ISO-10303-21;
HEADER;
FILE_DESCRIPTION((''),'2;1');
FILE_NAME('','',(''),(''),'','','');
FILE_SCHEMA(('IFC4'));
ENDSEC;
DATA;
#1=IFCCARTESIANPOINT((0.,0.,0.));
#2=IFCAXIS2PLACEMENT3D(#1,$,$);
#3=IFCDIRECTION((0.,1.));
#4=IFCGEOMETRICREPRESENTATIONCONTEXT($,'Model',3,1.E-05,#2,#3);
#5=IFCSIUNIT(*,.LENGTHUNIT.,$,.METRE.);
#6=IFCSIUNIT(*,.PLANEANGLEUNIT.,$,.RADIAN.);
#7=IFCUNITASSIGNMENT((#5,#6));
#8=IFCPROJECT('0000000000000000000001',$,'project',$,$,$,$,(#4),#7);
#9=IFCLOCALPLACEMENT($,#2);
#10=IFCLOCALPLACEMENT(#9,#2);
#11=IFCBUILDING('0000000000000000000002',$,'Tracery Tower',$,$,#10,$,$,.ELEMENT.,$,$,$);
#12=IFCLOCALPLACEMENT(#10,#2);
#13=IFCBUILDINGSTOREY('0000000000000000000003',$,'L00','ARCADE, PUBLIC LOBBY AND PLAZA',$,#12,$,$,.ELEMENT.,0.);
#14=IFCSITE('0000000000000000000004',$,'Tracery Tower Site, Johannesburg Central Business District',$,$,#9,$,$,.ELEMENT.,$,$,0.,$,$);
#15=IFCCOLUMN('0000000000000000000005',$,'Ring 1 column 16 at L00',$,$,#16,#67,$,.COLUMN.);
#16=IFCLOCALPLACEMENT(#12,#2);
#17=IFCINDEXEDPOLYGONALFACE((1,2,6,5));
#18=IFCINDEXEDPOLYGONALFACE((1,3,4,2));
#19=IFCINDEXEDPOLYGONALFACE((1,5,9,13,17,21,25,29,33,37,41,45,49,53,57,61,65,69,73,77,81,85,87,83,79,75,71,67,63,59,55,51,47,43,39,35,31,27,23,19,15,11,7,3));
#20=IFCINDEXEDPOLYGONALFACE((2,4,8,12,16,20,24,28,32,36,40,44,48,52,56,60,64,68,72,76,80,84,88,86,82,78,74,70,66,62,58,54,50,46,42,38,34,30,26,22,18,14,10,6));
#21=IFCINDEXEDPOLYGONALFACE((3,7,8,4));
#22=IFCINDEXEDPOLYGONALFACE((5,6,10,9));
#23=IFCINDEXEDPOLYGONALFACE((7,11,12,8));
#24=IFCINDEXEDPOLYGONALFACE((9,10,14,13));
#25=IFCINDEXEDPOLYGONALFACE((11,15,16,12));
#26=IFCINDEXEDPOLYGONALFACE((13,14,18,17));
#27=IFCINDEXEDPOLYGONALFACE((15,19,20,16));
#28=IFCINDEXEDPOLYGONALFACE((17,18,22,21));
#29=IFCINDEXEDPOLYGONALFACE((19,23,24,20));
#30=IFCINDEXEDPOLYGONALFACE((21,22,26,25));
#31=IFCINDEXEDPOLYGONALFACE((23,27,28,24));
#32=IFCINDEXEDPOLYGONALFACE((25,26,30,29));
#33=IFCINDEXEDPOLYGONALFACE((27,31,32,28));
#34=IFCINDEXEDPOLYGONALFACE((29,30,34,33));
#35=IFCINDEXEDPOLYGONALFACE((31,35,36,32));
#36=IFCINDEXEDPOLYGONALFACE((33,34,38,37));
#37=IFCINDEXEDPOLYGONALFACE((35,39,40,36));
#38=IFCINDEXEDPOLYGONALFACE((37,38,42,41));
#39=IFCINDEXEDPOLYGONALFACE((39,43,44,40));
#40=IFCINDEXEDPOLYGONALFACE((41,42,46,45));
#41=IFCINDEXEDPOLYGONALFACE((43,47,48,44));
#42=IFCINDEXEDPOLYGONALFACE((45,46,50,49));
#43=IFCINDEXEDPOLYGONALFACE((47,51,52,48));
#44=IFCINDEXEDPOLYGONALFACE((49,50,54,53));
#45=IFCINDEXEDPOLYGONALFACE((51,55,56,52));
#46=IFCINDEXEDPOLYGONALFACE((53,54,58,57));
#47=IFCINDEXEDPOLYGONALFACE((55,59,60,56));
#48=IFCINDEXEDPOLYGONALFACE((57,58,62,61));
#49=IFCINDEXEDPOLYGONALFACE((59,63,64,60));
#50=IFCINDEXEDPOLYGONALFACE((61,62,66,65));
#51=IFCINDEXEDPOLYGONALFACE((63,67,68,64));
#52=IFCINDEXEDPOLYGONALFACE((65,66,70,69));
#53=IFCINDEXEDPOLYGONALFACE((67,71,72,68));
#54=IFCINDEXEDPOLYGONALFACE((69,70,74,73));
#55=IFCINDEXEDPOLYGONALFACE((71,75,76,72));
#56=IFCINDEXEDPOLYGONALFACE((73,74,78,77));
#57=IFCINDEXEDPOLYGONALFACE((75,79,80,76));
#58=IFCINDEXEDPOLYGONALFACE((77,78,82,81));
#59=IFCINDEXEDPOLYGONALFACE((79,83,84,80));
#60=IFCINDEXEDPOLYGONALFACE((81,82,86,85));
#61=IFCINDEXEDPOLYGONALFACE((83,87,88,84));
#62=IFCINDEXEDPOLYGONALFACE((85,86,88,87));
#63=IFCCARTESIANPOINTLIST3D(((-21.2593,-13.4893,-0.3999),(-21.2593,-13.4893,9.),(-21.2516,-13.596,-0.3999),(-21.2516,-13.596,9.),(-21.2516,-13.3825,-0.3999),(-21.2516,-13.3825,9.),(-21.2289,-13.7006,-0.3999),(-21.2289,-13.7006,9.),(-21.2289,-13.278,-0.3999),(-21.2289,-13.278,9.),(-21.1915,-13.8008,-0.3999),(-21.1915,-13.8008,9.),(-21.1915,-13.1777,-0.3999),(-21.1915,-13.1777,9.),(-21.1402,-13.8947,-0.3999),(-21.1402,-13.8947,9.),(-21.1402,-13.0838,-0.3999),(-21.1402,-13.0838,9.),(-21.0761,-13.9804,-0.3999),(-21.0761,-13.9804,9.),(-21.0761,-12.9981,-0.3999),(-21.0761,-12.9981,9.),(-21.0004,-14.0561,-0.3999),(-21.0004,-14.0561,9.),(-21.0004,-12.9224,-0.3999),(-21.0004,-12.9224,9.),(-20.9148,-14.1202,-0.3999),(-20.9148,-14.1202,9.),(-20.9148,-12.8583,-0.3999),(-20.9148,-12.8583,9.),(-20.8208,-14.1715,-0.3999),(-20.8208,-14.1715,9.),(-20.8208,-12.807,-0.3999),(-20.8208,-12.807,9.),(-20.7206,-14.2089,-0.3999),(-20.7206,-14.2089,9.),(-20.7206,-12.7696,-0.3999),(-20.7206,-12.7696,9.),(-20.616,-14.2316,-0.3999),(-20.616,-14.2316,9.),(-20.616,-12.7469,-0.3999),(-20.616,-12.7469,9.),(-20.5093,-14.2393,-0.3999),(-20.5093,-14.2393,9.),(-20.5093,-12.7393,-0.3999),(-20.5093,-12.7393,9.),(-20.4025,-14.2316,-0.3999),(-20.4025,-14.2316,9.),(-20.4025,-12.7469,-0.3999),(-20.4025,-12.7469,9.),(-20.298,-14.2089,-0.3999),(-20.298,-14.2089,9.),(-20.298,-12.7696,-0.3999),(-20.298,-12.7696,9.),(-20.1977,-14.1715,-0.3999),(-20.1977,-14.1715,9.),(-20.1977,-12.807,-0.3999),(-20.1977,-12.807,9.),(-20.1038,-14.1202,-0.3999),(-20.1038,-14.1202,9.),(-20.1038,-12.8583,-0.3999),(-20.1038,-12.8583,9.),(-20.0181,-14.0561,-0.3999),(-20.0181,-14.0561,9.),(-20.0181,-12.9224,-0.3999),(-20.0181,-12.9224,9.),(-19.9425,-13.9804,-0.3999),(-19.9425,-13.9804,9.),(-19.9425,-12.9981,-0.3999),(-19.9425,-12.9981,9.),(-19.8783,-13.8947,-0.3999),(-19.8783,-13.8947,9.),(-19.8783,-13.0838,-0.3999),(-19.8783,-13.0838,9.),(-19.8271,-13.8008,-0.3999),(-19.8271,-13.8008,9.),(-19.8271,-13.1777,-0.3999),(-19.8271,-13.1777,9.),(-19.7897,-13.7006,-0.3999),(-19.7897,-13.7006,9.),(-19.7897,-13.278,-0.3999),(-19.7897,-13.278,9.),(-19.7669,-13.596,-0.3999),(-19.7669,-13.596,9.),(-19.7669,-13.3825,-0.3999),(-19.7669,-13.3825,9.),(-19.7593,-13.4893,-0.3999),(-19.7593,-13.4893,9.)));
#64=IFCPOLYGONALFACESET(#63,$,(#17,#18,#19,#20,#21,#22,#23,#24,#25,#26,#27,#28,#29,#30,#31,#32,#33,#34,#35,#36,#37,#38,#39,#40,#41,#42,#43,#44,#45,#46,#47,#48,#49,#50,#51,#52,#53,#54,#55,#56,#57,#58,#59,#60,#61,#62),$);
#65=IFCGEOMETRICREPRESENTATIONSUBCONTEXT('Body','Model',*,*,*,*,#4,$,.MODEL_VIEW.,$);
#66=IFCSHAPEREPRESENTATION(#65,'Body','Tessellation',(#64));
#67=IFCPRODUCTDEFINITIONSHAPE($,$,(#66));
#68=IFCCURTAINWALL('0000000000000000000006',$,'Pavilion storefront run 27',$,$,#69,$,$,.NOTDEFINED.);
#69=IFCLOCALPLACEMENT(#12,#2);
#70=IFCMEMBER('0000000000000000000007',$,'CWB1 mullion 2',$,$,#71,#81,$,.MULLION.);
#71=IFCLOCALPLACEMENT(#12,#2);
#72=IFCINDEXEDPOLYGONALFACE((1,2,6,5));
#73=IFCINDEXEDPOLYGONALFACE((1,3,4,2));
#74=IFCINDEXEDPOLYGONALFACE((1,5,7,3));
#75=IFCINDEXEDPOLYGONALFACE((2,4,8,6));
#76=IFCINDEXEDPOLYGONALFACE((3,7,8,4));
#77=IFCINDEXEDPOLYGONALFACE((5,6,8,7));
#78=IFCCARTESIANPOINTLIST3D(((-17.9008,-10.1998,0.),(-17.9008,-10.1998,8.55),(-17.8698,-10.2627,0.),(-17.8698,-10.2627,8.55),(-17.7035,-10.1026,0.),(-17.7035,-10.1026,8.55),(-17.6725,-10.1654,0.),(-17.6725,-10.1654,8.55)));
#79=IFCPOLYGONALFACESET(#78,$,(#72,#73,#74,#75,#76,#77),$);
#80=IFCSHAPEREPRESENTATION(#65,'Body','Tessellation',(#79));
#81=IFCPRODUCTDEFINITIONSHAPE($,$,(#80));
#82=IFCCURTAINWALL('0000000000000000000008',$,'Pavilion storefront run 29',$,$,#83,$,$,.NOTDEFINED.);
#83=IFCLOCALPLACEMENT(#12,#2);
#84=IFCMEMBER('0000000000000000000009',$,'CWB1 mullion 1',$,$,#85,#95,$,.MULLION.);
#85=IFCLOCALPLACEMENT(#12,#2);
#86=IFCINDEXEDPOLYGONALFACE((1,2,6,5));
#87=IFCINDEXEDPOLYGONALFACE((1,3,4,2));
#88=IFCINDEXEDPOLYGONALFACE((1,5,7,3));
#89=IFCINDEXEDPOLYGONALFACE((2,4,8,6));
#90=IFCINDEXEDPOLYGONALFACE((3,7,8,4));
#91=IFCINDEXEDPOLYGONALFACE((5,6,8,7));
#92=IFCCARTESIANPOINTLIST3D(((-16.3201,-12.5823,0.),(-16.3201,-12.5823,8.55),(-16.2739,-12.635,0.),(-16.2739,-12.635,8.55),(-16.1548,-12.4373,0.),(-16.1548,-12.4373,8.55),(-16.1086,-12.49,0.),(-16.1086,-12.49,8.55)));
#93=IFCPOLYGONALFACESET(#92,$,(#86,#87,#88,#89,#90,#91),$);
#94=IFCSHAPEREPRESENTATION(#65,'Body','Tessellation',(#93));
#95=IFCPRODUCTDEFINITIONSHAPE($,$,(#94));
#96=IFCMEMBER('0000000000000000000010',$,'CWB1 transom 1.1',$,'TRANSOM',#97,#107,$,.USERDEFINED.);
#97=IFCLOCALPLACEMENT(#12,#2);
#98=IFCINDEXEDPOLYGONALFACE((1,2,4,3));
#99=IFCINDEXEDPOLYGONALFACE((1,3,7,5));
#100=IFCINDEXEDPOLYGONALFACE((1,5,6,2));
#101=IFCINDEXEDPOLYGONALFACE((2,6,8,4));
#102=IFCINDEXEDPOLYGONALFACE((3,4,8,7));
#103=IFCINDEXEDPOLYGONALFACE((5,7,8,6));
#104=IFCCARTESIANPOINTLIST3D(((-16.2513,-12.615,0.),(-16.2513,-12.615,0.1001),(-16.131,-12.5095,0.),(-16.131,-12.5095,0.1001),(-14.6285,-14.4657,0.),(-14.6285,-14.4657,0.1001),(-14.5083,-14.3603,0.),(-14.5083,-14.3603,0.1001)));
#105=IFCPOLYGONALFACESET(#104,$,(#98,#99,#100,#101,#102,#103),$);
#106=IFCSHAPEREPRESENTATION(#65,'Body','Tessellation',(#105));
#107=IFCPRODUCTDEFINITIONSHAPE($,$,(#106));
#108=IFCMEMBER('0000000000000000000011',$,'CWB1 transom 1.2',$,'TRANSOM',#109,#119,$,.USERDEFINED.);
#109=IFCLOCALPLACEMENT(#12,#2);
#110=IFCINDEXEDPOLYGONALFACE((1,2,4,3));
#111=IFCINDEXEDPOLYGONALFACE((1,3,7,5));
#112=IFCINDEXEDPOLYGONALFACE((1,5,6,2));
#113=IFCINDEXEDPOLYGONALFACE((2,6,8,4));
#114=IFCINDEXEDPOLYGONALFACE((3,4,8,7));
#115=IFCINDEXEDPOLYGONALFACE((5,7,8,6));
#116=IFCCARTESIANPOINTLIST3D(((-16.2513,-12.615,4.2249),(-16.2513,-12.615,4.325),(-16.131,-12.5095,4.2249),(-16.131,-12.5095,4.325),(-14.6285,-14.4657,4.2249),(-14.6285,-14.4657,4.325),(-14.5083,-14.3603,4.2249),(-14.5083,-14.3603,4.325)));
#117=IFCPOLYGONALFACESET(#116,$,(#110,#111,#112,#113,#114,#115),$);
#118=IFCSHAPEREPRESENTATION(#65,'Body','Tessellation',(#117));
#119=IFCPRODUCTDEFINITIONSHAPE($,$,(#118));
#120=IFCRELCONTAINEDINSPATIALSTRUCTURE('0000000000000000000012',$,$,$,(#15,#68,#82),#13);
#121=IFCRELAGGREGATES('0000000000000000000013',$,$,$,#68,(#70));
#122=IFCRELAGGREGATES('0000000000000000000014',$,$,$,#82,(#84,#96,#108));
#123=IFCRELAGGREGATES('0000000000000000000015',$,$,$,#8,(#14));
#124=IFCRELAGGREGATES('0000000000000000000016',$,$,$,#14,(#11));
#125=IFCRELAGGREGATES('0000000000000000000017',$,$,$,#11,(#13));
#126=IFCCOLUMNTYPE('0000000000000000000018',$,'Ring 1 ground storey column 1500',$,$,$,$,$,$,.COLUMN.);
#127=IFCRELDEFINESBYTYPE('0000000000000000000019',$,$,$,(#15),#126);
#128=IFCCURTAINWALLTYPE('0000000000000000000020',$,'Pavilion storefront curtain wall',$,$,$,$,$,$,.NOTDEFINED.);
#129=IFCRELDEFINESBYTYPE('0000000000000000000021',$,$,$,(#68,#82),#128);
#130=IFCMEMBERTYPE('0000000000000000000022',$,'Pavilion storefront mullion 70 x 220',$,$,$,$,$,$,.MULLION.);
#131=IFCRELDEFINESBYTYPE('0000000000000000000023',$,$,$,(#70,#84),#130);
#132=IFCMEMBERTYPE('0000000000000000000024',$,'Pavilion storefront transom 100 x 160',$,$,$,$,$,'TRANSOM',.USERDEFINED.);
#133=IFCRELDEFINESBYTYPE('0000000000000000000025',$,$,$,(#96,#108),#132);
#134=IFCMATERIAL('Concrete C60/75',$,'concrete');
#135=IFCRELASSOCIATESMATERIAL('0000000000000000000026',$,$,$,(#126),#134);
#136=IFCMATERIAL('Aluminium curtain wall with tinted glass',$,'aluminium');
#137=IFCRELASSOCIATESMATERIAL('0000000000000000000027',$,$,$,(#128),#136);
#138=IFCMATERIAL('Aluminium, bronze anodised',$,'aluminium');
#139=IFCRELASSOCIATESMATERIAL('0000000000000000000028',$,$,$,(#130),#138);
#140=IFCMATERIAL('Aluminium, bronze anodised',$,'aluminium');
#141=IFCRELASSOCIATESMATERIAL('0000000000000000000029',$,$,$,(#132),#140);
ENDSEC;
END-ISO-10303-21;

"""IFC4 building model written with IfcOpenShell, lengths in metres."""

from ifc_helpers import new_model, si_unit, direction, frame, origin, origin_2d, place, context, subcontext, project, spatial, rectangle, circle, extrude, material, material_profile, profile_set, type_object, element, aggregate, save


model = new_model("IFC4")

# Units and contexts
model_context = context("Model", 3, precision=1e-05, world=origin(), true_north=direction((0.0, 1.0)))
body_context = subcontext(model_context, "Body", "Model", "MODEL_VIEW")
ifc_project = project(units=[si_unit("LENGTHUNIT", "METRE"), si_unit("PLANEANGLEUNIT", "RADIAN")], contexts=[model_context])

# Site, building, storey
site_placement = place(None, origin())
site = spatial("IfcSite", under=ifc_project, at=site_placement, Name="Tracery Tower Site, Johannesburg Central Business District", CompositionType="ELEMENT", RefElevation=0.0)
building_placement = place(site_placement, origin())
building = spatial("IfcBuilding", under=site, at=building_placement, Name="Tracery Tower", CompositionType="ELEMENT")
storey_placement = place(building_placement, origin())
storey = spatial("IfcBuildingStorey", under=building, at=storey_placement, Name="L00", Description="ARCADE, PUBLIC LOBBY AND PLAZA", CompositionType="ELEMENT", Elevation=0.0)

# Column
ifc_material_1 = material(Name="Concrete C60/75", Category="concrete")
ifc_material_profile_1 = material_profile(ifc_material_1, circle(Radius=0.75, at=origin_2d()), Name="RC D1500")
ifc_profile_set_1 = profile_set([ifc_material_profile_1], Name="Concrete C60/75")
column_type_1 = type_object("IfcColumnType", Name="Ring 1 ground storey column 1500", PredefinedType="COLUMN", material=ifc_profile_set_1)
column_1_placement = place(storey_placement, frame((-20.5093, -13.4893, -0.3999), z_axis=(0.0, 0.0, 1.0), x_axis=(1.0, 0.0, 0.0)))
element("IfcColumn", 1, at=column_1_placement, inside=storey, type_object=column_type_1, Name="Ring 1 column 16 at L00", PredefinedType="COLUMN", context=body_context, shape_type="SweptSolid", body=[
    extrude(circle(Radius=0.75, at=origin_2d()), origin(), (0.0, 0.0, 1.0), 9.3999),
])

# Curtain wall, member
ifc_material_2 = material(Name="Aluminium curtain wall with tinted glass", Category="aluminium")
curtain_wall_type = type_object("IfcCurtainWallType", Name="Pavilion storefront curtain wall", PredefinedType="NOTDEFINED", material=ifc_material_2)
curtain_wall_1_placement = place(storey_placement, origin())
curtain_wall_1 = element("IfcCurtainWall", 2, at=curtain_wall_1_placement, inside=storey, type_object=curtain_wall_type, Name="Pavilion storefront run 27", PredefinedType="NOTDEFINED")
ifc_material_3 = material(Name="Aluminium, bronze anodised", Category="aluminium")
ifc_material_profile_2 = material_profile(ifc_material_3, rectangle(XDim=0.22, YDim=0.0701, at=origin_2d()), Name="Pavilion storefront mullion 70 x 220")
ifc_profile_set_2 = profile_set([ifc_material_profile_2], Name="Aluminium, bronze anodised")
member_type_1 = type_object("IfcMemberType", Name="Pavilion storefront mullion 70 x 220", PredefinedType="MULLION", material=ifc_profile_set_2)
member_1_placement = place(storey_placement, frame((-17.7866, -10.1826, 0.0), z_axis=(0.0, 0.0, 1.0), x_axis=(0.896874, 0.442287, 0.0)))
member_1 = element("IfcMember", 3, at=member_1_placement, type_object=member_type_1, Name="CWB1 mullion 2", PredefinedType="MULLION", context=body_context, shape_type="SweptSolid", body=[
    extrude(rectangle(XDim=0.22, YDim=0.0701, at=origin_2d()), origin(), (0.0, 0.0, 1.0), 8.55),
])
aggregate(curtain_wall_1, [member_1])

# Curtain wall, members
curtain_wall_2_placement = place(storey_placement, origin())
curtain_wall_2 = element("IfcCurtainWall", 4, at=curtain_wall_2_placement, inside=storey, type_object=curtain_wall_type, Name="Pavilion storefront run 29", PredefinedType="NOTDEFINED")
member_2_placement = place(storey_placement, frame((-16.2144, -12.5361, 0.0), z_axis=(0.0, 0.0, 1.0), x_axis=(0.751836, 0.659351, 0.0)))
member_2 = element("IfcMember", 5, at=member_2_placement, type_object=member_type_1, Name="CWB1 mullion 1", PredefinedType="MULLION", context=body_context, shape_type="SweptSolid", body=[
    extrude(rectangle(XDim=0.22, YDim=0.0701, at=origin_2d()), origin(), (0.0, 0.0, 1.0), 8.55),
])
ifc_material_4 = material(Name="Aluminium, bronze anodised", Category="aluminium")
ifc_material_profile_3 = material_profile(ifc_material_4, rectangle(XDim=0.1599, YDim=0.1001, at=origin_2d()), Name="Pavilion storefront transom 100 x 160")
ifc_profile_set_3 = profile_set([ifc_material_profile_3], Name="Aluminium, bronze anodised")
member_type_2 = type_object("IfcMemberType", Name="Pavilion storefront transom 100 x 160", ElementType="TRANSOM", PredefinedType="USERDEFINED", material=ifc_profile_set_3)
member_3_placement = place(storey_placement, frame((-16.1912, -12.5623, 0.05), z_axis=(0.65927, -0.751907, 0.0), x_axis=(0.751907, 0.65927, 0.0)))
member_3 = element("IfcMember", 6, at=member_3_placement, type_object=member_type_2, Name="CWB1 transom 1.1", ObjectType="TRANSOM", PredefinedType="USERDEFINED", context=body_context, shape_type="SweptSolid", body=[
    extrude(rectangle(XDim=0.1599, YDim=0.1001, at=origin_2d()), origin(), (0.0, 0.0, 1.0), 2.4614),
])
member_4_placement = place(storey_placement, frame((-16.1912, -12.5623, 4.2749), z_axis=(0.65927, -0.751907, 0.0), x_axis=(0.751907, 0.65927, 0.0)))
member_4 = element("IfcMember", 7, at=member_4_placement, type_object=member_type_2, Name="CWB1 transom 1.2", ObjectType="TRANSOM", PredefinedType="USERDEFINED", context=body_context, shape_type="SweptSolid", body=[
    extrude(rectangle(XDim=0.1599, YDim=0.1001, at=origin_2d()), origin(), (0.0, 0.0, 1.0), 2.4614),
])
aggregate(curtain_wall_2, [member_2, member_3, member_4])

save(model, "model.ifc")
